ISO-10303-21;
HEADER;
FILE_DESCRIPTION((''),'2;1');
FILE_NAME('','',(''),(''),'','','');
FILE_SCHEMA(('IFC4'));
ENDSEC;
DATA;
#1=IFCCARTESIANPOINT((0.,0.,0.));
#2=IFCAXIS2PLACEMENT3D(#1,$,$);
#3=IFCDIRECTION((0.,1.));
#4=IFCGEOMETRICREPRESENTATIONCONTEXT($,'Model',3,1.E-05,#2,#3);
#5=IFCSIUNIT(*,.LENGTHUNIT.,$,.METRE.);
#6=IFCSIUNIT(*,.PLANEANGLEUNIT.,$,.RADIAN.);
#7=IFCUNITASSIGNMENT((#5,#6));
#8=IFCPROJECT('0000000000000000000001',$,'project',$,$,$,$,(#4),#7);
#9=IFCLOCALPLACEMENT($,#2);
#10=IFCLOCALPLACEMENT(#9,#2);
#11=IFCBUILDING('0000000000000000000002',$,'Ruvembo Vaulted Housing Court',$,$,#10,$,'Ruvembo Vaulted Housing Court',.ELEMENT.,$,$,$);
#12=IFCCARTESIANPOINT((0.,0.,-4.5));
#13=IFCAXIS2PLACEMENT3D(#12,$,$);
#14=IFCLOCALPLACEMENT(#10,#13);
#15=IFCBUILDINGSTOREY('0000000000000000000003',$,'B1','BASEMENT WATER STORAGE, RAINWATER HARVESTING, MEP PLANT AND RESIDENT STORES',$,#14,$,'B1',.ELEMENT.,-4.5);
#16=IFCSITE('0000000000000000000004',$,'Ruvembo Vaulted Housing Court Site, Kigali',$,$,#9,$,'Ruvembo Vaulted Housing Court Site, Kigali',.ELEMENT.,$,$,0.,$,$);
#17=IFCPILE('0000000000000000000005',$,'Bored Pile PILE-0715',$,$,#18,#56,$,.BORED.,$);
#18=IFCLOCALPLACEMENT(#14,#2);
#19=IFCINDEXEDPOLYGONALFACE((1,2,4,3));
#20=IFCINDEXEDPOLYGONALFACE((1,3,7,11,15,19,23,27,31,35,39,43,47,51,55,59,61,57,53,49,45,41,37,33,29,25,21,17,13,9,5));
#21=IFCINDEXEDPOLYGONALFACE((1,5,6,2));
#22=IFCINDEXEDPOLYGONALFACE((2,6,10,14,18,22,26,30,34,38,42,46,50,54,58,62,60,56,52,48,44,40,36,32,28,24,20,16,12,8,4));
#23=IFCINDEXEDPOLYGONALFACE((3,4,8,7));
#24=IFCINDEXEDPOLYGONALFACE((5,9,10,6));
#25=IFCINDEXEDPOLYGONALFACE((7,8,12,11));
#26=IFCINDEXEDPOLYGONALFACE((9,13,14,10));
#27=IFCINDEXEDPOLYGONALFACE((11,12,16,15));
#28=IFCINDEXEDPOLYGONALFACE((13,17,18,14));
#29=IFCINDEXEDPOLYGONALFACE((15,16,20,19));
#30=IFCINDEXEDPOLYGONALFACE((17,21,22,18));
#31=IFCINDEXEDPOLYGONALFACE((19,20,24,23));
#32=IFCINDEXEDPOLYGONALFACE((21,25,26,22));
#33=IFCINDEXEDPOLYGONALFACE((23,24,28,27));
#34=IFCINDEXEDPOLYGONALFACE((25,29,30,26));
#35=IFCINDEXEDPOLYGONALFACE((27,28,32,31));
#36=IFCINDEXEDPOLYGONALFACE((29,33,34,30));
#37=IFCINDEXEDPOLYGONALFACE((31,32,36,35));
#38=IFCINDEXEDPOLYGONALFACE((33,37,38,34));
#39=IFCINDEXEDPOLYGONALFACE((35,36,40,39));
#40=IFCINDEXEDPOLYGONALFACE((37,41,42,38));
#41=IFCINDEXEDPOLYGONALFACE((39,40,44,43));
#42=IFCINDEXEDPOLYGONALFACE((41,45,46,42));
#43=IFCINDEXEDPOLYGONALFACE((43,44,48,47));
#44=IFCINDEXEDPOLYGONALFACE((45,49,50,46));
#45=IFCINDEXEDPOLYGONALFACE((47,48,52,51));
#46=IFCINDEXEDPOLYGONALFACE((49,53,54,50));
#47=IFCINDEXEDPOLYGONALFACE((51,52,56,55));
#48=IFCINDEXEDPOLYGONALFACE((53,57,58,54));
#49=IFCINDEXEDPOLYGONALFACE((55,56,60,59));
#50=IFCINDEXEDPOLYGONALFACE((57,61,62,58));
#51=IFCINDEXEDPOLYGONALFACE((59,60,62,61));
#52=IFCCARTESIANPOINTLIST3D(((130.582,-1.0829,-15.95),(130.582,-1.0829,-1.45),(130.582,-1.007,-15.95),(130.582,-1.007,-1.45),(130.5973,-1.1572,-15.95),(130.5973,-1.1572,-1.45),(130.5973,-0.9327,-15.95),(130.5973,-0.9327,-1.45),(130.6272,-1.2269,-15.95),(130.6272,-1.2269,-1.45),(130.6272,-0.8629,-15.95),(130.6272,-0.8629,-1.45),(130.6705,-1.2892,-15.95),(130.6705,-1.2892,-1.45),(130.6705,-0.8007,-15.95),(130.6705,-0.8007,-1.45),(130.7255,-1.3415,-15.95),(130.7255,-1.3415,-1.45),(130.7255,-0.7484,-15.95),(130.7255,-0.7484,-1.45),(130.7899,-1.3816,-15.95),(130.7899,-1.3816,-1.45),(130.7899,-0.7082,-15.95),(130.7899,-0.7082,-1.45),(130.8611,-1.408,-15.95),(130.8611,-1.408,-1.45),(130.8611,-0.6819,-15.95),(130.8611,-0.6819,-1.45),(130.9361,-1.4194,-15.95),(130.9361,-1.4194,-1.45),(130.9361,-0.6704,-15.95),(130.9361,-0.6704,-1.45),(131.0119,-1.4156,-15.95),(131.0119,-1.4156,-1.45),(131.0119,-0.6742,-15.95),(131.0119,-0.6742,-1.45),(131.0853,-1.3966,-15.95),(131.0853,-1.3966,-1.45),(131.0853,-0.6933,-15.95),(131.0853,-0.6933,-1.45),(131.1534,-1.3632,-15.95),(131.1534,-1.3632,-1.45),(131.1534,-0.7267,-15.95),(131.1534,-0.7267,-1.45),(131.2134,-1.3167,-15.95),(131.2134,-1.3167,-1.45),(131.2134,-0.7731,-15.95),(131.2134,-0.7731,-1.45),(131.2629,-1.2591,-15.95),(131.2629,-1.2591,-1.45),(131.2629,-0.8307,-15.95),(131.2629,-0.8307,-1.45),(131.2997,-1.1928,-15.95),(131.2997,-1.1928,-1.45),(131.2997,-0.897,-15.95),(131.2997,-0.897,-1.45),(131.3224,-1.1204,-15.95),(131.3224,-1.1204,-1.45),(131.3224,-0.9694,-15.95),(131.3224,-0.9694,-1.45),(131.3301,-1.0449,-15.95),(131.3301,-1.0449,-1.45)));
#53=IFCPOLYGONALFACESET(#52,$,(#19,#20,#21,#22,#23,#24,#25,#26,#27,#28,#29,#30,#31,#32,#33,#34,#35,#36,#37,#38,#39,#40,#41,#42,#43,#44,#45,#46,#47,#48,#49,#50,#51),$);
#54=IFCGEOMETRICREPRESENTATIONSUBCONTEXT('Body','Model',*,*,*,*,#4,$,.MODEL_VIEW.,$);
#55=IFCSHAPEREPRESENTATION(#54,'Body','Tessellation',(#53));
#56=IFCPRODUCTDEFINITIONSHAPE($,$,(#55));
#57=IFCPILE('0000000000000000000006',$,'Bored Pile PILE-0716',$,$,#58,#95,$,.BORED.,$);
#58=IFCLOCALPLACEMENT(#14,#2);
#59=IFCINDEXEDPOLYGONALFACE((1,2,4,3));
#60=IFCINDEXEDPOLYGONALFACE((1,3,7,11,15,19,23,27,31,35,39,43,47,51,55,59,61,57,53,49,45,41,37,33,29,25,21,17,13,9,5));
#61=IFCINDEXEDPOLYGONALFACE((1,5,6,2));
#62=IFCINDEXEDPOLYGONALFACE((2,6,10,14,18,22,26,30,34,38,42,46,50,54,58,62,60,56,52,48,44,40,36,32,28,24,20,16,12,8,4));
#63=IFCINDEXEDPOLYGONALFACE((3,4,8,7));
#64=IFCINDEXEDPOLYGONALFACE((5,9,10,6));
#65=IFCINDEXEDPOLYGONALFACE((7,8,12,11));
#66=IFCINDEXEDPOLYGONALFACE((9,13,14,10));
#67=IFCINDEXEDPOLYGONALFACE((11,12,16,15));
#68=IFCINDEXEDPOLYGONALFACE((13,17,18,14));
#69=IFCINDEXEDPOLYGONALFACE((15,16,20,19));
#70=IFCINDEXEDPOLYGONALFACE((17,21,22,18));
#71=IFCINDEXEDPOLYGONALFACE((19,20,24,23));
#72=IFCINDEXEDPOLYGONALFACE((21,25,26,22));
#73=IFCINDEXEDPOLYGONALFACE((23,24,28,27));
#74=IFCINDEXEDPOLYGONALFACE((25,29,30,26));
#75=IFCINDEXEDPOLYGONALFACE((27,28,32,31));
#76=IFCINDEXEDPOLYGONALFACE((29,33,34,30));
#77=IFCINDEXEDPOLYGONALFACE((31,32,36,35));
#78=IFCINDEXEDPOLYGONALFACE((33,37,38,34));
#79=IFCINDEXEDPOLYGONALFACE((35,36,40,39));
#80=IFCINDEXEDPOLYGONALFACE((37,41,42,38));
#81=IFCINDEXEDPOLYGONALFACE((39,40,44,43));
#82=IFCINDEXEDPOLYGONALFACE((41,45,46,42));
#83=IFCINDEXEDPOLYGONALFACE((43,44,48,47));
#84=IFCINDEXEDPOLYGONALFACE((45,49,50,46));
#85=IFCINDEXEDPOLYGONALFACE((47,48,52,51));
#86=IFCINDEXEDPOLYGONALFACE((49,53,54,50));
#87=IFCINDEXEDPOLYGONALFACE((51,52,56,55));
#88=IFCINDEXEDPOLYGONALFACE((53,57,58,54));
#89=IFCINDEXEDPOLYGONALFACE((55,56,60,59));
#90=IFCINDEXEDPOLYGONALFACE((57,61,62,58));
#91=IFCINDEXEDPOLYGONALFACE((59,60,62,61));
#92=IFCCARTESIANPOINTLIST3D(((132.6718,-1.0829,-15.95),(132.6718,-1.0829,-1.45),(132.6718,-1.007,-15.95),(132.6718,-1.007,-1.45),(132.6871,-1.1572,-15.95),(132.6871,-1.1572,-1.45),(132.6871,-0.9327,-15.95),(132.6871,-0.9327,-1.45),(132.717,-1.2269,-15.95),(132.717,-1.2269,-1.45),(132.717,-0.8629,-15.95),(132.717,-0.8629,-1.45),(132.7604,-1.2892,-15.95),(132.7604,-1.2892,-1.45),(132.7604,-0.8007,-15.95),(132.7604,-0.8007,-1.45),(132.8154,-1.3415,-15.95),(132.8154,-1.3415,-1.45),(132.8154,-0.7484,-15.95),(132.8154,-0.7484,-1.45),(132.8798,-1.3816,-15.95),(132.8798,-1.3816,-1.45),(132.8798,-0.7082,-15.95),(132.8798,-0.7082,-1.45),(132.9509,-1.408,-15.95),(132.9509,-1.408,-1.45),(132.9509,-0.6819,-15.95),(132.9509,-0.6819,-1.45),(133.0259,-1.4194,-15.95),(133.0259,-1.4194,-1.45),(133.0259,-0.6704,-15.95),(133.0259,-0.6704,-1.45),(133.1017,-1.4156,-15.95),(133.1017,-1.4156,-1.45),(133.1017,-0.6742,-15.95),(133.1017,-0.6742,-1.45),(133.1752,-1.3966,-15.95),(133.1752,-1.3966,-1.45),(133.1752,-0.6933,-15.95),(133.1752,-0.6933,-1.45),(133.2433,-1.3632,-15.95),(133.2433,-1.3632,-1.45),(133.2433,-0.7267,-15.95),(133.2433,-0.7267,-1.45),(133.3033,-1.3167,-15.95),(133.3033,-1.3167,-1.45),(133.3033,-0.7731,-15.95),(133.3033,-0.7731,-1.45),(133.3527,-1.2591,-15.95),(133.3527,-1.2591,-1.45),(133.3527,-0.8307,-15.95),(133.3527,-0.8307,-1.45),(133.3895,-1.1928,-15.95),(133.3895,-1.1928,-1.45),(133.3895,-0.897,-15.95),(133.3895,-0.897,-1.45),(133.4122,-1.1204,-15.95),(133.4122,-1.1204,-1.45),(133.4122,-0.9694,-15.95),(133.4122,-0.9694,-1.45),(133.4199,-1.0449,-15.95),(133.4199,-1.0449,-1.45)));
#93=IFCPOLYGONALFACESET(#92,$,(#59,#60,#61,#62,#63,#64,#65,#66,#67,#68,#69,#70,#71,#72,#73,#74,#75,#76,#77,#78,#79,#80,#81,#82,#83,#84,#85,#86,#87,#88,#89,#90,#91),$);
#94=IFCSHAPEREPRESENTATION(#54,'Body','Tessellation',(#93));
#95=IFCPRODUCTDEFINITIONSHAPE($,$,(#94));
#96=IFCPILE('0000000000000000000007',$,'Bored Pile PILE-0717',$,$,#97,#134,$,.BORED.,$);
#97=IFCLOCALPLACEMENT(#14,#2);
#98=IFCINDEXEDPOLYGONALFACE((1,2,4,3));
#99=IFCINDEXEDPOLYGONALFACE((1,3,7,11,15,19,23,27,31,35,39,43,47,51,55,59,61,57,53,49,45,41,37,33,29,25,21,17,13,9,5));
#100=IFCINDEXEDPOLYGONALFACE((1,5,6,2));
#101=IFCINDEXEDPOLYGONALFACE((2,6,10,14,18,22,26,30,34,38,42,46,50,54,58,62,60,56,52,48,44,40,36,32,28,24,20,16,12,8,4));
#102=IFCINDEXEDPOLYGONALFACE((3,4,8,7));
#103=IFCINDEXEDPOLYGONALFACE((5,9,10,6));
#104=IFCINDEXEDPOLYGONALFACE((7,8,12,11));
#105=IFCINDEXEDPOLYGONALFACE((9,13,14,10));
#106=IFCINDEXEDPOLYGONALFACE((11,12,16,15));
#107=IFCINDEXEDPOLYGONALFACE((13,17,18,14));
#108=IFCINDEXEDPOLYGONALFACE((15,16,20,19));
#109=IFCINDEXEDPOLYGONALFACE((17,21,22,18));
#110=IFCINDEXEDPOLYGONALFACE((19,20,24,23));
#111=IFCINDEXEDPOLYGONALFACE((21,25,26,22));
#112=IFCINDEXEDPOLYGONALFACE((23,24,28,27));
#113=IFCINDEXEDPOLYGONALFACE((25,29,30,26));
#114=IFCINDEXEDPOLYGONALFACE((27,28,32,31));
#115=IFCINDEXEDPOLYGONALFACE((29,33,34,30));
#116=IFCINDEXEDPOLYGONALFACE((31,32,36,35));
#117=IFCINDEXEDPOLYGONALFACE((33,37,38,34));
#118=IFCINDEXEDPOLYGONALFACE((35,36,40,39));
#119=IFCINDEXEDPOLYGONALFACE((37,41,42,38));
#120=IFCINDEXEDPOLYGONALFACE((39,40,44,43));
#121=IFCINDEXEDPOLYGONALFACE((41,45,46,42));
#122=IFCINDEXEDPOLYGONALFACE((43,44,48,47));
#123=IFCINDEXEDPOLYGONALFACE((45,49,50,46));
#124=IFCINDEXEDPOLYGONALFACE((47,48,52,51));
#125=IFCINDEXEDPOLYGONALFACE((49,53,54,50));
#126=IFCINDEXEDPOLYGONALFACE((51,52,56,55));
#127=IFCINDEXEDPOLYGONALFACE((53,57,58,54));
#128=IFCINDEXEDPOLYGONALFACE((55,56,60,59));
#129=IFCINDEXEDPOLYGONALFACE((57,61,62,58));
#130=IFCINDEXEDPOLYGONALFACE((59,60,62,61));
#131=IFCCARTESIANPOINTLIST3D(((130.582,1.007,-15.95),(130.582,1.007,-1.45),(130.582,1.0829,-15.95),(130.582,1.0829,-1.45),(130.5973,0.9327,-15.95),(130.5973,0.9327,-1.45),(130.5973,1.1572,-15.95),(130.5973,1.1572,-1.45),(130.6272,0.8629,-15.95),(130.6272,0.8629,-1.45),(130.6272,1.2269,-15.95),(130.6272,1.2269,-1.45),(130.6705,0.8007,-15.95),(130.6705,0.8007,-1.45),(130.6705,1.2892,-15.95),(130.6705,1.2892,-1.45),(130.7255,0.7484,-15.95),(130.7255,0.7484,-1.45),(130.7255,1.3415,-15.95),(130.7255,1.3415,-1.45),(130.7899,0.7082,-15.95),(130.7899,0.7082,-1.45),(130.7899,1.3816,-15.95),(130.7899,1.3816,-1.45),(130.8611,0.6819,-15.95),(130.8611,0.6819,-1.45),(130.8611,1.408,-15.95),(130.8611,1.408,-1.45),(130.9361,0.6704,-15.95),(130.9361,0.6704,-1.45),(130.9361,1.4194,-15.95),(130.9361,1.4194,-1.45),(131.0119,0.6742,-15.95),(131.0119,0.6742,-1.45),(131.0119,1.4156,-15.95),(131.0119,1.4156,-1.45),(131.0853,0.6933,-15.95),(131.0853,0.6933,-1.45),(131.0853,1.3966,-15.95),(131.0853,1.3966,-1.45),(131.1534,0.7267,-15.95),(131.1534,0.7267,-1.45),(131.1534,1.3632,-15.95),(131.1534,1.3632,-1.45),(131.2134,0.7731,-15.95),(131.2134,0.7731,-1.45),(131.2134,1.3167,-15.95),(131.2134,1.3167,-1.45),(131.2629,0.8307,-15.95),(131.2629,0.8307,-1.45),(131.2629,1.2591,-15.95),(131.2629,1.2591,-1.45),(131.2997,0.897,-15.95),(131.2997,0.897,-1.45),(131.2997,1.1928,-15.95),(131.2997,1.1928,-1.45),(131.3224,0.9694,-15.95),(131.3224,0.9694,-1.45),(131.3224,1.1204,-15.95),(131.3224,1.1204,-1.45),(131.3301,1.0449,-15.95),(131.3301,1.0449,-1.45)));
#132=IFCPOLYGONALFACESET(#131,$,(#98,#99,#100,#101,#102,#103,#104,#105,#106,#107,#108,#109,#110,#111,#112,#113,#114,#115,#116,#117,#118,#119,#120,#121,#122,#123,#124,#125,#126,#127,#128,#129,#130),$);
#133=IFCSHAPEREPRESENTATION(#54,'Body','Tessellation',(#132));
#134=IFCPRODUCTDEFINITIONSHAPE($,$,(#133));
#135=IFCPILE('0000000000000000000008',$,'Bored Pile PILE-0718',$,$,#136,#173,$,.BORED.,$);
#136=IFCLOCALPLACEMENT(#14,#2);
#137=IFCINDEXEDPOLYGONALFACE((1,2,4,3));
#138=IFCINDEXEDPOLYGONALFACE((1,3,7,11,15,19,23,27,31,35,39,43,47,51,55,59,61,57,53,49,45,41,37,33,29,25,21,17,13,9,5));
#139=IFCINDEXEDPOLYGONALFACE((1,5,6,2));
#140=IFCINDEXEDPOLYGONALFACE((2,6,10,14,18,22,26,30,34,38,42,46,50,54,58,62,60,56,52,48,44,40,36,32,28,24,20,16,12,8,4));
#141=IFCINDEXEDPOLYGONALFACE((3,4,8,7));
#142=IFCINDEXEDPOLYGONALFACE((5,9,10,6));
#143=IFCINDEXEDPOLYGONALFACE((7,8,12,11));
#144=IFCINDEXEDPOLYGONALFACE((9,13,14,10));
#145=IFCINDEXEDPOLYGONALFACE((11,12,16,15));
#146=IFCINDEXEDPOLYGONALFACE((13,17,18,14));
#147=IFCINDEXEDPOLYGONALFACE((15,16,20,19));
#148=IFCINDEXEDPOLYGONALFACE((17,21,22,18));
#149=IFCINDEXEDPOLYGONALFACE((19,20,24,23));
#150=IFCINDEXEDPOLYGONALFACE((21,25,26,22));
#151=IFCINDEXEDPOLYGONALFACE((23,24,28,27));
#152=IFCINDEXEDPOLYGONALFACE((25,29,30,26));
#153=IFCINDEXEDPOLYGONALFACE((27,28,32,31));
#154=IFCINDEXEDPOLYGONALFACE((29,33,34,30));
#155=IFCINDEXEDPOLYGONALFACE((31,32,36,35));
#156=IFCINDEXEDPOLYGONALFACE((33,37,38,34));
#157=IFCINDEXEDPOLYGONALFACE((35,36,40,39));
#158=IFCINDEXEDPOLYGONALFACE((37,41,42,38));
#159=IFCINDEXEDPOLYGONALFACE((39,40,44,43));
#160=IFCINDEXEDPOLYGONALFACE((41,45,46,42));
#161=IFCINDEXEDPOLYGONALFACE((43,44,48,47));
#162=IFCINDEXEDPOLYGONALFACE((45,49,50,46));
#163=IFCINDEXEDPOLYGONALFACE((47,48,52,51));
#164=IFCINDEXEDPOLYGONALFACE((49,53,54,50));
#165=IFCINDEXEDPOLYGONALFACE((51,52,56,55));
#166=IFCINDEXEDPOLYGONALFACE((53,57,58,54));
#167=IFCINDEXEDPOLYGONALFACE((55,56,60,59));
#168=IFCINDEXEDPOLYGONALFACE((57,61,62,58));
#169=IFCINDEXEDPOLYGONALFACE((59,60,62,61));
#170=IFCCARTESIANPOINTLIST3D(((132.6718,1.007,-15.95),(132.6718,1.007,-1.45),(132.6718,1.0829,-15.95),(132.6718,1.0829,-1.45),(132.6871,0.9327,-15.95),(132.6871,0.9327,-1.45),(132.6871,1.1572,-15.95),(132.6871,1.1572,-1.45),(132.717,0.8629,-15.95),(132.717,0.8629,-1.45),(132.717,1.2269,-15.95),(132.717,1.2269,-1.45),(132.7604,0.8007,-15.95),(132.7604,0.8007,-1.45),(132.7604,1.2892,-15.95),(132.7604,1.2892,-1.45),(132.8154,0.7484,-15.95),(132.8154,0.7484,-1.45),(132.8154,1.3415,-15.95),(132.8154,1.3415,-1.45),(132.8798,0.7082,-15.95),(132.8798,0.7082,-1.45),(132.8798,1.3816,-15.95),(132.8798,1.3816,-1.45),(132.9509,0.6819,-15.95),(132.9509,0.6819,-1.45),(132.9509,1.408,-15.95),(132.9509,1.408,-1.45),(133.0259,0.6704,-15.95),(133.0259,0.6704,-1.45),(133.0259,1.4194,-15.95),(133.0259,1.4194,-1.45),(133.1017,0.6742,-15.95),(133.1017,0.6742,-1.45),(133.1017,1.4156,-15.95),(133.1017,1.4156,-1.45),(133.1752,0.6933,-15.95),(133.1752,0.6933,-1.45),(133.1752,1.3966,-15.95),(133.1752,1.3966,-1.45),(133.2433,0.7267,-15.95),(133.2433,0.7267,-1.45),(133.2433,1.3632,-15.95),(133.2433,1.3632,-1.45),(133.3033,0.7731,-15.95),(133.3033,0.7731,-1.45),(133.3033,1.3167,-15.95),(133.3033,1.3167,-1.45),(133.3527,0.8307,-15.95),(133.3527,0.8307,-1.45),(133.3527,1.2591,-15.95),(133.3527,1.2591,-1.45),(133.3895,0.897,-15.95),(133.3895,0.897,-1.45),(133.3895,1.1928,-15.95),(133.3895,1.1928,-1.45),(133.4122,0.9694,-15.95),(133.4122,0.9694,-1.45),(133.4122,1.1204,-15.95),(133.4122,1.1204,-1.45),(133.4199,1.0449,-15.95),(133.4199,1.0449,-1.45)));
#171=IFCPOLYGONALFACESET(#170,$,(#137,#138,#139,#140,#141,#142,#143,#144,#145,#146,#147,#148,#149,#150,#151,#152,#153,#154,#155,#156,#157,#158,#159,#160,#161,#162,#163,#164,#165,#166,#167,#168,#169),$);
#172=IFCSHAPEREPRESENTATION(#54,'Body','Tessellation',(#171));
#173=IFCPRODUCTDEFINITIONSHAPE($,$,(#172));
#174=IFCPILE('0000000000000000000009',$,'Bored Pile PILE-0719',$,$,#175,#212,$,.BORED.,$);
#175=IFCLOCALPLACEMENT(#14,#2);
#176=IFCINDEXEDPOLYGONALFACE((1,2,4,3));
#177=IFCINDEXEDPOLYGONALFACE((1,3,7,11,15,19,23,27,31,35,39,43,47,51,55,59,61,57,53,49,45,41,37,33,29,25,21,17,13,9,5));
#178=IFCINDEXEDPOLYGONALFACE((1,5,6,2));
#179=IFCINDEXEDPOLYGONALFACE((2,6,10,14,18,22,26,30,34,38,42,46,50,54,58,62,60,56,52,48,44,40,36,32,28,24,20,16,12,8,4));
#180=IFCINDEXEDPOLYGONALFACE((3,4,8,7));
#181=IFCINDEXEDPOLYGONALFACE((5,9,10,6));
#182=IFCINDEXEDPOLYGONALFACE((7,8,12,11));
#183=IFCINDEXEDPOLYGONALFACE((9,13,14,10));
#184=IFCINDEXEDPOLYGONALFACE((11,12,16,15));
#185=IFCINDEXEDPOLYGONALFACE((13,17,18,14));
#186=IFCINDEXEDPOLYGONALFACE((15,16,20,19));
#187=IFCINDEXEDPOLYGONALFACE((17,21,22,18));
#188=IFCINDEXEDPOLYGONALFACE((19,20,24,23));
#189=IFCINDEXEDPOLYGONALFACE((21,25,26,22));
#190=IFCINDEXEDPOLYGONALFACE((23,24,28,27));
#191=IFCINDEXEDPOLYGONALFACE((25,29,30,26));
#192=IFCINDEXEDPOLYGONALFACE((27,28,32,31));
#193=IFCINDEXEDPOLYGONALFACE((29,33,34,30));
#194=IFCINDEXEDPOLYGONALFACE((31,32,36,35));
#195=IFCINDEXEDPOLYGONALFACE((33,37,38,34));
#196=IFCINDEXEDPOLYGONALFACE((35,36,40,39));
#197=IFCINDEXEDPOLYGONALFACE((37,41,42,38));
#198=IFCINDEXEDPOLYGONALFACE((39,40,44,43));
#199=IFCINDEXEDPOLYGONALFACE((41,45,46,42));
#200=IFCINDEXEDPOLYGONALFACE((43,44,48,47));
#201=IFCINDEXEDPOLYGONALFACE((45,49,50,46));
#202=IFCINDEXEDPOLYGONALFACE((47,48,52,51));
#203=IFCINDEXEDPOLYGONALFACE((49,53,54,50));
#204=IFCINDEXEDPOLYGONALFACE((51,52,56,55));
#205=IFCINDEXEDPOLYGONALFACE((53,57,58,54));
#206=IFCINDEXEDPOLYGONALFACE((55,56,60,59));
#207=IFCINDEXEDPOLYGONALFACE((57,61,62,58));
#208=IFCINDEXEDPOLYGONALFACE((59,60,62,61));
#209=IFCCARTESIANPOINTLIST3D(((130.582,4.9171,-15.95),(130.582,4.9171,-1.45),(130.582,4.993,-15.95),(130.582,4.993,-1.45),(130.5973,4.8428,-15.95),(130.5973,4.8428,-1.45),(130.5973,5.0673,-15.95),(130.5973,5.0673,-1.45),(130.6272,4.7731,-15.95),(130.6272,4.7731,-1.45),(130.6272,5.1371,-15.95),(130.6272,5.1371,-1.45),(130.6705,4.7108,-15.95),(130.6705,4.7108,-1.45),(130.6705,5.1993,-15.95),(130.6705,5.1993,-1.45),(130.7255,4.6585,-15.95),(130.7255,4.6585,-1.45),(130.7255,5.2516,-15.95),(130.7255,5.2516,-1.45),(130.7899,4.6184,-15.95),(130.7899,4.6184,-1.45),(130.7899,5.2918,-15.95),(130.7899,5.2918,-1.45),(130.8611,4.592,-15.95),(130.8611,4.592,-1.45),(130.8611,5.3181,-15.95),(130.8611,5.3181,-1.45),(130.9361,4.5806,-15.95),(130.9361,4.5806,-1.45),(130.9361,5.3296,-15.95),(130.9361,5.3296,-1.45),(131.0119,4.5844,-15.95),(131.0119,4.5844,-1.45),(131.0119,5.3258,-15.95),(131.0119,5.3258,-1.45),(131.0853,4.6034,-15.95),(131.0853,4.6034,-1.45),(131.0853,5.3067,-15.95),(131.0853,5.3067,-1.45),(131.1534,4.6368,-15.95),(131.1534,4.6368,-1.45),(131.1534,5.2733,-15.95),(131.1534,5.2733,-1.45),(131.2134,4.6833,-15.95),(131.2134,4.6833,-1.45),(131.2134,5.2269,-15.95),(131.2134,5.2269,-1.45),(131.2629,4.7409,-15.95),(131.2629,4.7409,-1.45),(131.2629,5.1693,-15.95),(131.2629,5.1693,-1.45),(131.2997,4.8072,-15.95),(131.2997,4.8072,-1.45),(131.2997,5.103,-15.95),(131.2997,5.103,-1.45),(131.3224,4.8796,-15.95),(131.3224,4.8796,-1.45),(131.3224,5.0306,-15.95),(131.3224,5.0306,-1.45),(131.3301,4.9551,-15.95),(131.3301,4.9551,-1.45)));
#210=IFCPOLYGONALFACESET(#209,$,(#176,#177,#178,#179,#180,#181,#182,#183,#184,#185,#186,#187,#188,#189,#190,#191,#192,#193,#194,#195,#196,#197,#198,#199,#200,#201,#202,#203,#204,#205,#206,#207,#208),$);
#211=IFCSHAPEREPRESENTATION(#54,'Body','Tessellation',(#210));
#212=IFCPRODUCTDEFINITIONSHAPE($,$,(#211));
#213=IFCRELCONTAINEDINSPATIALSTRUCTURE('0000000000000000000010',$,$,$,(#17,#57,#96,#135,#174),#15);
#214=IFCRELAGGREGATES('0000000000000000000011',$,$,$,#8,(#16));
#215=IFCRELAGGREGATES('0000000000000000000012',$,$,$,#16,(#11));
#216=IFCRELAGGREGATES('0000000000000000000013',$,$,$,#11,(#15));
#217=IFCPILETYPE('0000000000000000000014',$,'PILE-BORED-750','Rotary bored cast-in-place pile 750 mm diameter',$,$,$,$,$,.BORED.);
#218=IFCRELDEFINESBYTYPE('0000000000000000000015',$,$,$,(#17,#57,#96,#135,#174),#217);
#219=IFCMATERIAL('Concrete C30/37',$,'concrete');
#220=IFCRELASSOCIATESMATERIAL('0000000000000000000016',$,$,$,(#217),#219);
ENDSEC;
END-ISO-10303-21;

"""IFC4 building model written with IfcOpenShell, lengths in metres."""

from ifc_helpers import new_model, si_unit, direction, frame, origin, origin_2d, place, context, subcontext, project, spatial, circle, extrude, material, material_profile, profile_set, type_object, element, save


model = new_model("IFC4")

# Units and contexts
model_context = context("Model", 3, precision=1e-05, world=origin(), true_north=direction((0.0, 1.0)))
body_context = subcontext(model_context, "Body", "Model", "MODEL_VIEW")
ifc_project = project(units=[si_unit("LENGTHUNIT", "METRE"), si_unit("PLANEANGLEUNIT", "RADIAN")], contexts=[model_context])

# Site, building, storey
site_placement = place(None, origin())
site = spatial("IfcSite", under=ifc_project, at=site_placement, Name="Ruvembo Vaulted Housing Court Site, Kigali", LongName="Ruvembo Vaulted Housing Court Site, Kigali", CompositionType="ELEMENT", RefElevation=0.0)
building_placement = place(site_placement, origin())
building = spatial("IfcBuilding", under=site, at=building_placement, Name="Ruvembo Vaulted Housing Court", LongName="Ruvembo Vaulted Housing Court", CompositionType="ELEMENT")
storey_placement = place(building_placement, frame((0.0, 0.0, -4.5)))
storey = spatial("IfcBuildingStorey", under=building, at=storey_placement, Name="B1", Description="BASEMENT WATER STORAGE, RAINWATER HARVESTING, MEP PLANT AND RESIDENT STORES", LongName="B1", CompositionType="ELEMENT", Elevation=-4.5)

# Piles
ifc_material_1 = material(Name="Concrete C30/37", Category="concrete")
ifc_material_profile_1 = material_profile(ifc_material_1, circle(Radius=0.375, at=origin_2d()), Name="PILE D750")
ifc_profile_set_1 = profile_set([ifc_material_profile_1], Name="Concrete C30/37")
pile_type = type_object("IfcPileType", Name="PILE-BORED-750", Description="Rotary bored cast-in-place pile 750 mm diameter", PredefinedType="BORED", material=ifc_profile_set_1)
for number, where, z_axis, x_axis, name in (
    (1, (130.9551, -1.0449, -1.45), (0.0, 0.0, -1.0), (1.0, 0.0, 0.0), "Bored Pile PILE-0715"),
    (2, (133.0449, -1.0449, -1.45), (0.0, 0.0, -1.0), (1.0, 0.0, 0.0), "Bored Pile PILE-0716"),
    (3, (130.9551, 1.0449, -1.45), (0.0, 0.0, -1.0), (1.0, 0.0, 0.0), "Bored Pile PILE-0717"),
    (4, (133.0449, 1.0449, -1.45), (0.0, 0.0, -1.0), (1.0, 0.0, 0.0), "Bored Pile PILE-0718"),
    (5, (130.9551, 4.9551, -1.45), (0.0, 0.0, -1.0), (1.0, 0.0, 0.0), "Bored Pile PILE-0719"),
):
    element("IfcPile", number, at=place(storey_placement, frame(where, z_axis=z_axis, x_axis=x_axis)), inside=storey, type_object=pile_type, Name=name, PredefinedType="BORED", context=body_context, shape_type="SweptSolid", body=[
        extrude(circle(Radius=0.375, at=origin_2d()), origin(), (0.0, 0.0, 1.0), 14.5),
    ])

save(model, "model.ifc")
